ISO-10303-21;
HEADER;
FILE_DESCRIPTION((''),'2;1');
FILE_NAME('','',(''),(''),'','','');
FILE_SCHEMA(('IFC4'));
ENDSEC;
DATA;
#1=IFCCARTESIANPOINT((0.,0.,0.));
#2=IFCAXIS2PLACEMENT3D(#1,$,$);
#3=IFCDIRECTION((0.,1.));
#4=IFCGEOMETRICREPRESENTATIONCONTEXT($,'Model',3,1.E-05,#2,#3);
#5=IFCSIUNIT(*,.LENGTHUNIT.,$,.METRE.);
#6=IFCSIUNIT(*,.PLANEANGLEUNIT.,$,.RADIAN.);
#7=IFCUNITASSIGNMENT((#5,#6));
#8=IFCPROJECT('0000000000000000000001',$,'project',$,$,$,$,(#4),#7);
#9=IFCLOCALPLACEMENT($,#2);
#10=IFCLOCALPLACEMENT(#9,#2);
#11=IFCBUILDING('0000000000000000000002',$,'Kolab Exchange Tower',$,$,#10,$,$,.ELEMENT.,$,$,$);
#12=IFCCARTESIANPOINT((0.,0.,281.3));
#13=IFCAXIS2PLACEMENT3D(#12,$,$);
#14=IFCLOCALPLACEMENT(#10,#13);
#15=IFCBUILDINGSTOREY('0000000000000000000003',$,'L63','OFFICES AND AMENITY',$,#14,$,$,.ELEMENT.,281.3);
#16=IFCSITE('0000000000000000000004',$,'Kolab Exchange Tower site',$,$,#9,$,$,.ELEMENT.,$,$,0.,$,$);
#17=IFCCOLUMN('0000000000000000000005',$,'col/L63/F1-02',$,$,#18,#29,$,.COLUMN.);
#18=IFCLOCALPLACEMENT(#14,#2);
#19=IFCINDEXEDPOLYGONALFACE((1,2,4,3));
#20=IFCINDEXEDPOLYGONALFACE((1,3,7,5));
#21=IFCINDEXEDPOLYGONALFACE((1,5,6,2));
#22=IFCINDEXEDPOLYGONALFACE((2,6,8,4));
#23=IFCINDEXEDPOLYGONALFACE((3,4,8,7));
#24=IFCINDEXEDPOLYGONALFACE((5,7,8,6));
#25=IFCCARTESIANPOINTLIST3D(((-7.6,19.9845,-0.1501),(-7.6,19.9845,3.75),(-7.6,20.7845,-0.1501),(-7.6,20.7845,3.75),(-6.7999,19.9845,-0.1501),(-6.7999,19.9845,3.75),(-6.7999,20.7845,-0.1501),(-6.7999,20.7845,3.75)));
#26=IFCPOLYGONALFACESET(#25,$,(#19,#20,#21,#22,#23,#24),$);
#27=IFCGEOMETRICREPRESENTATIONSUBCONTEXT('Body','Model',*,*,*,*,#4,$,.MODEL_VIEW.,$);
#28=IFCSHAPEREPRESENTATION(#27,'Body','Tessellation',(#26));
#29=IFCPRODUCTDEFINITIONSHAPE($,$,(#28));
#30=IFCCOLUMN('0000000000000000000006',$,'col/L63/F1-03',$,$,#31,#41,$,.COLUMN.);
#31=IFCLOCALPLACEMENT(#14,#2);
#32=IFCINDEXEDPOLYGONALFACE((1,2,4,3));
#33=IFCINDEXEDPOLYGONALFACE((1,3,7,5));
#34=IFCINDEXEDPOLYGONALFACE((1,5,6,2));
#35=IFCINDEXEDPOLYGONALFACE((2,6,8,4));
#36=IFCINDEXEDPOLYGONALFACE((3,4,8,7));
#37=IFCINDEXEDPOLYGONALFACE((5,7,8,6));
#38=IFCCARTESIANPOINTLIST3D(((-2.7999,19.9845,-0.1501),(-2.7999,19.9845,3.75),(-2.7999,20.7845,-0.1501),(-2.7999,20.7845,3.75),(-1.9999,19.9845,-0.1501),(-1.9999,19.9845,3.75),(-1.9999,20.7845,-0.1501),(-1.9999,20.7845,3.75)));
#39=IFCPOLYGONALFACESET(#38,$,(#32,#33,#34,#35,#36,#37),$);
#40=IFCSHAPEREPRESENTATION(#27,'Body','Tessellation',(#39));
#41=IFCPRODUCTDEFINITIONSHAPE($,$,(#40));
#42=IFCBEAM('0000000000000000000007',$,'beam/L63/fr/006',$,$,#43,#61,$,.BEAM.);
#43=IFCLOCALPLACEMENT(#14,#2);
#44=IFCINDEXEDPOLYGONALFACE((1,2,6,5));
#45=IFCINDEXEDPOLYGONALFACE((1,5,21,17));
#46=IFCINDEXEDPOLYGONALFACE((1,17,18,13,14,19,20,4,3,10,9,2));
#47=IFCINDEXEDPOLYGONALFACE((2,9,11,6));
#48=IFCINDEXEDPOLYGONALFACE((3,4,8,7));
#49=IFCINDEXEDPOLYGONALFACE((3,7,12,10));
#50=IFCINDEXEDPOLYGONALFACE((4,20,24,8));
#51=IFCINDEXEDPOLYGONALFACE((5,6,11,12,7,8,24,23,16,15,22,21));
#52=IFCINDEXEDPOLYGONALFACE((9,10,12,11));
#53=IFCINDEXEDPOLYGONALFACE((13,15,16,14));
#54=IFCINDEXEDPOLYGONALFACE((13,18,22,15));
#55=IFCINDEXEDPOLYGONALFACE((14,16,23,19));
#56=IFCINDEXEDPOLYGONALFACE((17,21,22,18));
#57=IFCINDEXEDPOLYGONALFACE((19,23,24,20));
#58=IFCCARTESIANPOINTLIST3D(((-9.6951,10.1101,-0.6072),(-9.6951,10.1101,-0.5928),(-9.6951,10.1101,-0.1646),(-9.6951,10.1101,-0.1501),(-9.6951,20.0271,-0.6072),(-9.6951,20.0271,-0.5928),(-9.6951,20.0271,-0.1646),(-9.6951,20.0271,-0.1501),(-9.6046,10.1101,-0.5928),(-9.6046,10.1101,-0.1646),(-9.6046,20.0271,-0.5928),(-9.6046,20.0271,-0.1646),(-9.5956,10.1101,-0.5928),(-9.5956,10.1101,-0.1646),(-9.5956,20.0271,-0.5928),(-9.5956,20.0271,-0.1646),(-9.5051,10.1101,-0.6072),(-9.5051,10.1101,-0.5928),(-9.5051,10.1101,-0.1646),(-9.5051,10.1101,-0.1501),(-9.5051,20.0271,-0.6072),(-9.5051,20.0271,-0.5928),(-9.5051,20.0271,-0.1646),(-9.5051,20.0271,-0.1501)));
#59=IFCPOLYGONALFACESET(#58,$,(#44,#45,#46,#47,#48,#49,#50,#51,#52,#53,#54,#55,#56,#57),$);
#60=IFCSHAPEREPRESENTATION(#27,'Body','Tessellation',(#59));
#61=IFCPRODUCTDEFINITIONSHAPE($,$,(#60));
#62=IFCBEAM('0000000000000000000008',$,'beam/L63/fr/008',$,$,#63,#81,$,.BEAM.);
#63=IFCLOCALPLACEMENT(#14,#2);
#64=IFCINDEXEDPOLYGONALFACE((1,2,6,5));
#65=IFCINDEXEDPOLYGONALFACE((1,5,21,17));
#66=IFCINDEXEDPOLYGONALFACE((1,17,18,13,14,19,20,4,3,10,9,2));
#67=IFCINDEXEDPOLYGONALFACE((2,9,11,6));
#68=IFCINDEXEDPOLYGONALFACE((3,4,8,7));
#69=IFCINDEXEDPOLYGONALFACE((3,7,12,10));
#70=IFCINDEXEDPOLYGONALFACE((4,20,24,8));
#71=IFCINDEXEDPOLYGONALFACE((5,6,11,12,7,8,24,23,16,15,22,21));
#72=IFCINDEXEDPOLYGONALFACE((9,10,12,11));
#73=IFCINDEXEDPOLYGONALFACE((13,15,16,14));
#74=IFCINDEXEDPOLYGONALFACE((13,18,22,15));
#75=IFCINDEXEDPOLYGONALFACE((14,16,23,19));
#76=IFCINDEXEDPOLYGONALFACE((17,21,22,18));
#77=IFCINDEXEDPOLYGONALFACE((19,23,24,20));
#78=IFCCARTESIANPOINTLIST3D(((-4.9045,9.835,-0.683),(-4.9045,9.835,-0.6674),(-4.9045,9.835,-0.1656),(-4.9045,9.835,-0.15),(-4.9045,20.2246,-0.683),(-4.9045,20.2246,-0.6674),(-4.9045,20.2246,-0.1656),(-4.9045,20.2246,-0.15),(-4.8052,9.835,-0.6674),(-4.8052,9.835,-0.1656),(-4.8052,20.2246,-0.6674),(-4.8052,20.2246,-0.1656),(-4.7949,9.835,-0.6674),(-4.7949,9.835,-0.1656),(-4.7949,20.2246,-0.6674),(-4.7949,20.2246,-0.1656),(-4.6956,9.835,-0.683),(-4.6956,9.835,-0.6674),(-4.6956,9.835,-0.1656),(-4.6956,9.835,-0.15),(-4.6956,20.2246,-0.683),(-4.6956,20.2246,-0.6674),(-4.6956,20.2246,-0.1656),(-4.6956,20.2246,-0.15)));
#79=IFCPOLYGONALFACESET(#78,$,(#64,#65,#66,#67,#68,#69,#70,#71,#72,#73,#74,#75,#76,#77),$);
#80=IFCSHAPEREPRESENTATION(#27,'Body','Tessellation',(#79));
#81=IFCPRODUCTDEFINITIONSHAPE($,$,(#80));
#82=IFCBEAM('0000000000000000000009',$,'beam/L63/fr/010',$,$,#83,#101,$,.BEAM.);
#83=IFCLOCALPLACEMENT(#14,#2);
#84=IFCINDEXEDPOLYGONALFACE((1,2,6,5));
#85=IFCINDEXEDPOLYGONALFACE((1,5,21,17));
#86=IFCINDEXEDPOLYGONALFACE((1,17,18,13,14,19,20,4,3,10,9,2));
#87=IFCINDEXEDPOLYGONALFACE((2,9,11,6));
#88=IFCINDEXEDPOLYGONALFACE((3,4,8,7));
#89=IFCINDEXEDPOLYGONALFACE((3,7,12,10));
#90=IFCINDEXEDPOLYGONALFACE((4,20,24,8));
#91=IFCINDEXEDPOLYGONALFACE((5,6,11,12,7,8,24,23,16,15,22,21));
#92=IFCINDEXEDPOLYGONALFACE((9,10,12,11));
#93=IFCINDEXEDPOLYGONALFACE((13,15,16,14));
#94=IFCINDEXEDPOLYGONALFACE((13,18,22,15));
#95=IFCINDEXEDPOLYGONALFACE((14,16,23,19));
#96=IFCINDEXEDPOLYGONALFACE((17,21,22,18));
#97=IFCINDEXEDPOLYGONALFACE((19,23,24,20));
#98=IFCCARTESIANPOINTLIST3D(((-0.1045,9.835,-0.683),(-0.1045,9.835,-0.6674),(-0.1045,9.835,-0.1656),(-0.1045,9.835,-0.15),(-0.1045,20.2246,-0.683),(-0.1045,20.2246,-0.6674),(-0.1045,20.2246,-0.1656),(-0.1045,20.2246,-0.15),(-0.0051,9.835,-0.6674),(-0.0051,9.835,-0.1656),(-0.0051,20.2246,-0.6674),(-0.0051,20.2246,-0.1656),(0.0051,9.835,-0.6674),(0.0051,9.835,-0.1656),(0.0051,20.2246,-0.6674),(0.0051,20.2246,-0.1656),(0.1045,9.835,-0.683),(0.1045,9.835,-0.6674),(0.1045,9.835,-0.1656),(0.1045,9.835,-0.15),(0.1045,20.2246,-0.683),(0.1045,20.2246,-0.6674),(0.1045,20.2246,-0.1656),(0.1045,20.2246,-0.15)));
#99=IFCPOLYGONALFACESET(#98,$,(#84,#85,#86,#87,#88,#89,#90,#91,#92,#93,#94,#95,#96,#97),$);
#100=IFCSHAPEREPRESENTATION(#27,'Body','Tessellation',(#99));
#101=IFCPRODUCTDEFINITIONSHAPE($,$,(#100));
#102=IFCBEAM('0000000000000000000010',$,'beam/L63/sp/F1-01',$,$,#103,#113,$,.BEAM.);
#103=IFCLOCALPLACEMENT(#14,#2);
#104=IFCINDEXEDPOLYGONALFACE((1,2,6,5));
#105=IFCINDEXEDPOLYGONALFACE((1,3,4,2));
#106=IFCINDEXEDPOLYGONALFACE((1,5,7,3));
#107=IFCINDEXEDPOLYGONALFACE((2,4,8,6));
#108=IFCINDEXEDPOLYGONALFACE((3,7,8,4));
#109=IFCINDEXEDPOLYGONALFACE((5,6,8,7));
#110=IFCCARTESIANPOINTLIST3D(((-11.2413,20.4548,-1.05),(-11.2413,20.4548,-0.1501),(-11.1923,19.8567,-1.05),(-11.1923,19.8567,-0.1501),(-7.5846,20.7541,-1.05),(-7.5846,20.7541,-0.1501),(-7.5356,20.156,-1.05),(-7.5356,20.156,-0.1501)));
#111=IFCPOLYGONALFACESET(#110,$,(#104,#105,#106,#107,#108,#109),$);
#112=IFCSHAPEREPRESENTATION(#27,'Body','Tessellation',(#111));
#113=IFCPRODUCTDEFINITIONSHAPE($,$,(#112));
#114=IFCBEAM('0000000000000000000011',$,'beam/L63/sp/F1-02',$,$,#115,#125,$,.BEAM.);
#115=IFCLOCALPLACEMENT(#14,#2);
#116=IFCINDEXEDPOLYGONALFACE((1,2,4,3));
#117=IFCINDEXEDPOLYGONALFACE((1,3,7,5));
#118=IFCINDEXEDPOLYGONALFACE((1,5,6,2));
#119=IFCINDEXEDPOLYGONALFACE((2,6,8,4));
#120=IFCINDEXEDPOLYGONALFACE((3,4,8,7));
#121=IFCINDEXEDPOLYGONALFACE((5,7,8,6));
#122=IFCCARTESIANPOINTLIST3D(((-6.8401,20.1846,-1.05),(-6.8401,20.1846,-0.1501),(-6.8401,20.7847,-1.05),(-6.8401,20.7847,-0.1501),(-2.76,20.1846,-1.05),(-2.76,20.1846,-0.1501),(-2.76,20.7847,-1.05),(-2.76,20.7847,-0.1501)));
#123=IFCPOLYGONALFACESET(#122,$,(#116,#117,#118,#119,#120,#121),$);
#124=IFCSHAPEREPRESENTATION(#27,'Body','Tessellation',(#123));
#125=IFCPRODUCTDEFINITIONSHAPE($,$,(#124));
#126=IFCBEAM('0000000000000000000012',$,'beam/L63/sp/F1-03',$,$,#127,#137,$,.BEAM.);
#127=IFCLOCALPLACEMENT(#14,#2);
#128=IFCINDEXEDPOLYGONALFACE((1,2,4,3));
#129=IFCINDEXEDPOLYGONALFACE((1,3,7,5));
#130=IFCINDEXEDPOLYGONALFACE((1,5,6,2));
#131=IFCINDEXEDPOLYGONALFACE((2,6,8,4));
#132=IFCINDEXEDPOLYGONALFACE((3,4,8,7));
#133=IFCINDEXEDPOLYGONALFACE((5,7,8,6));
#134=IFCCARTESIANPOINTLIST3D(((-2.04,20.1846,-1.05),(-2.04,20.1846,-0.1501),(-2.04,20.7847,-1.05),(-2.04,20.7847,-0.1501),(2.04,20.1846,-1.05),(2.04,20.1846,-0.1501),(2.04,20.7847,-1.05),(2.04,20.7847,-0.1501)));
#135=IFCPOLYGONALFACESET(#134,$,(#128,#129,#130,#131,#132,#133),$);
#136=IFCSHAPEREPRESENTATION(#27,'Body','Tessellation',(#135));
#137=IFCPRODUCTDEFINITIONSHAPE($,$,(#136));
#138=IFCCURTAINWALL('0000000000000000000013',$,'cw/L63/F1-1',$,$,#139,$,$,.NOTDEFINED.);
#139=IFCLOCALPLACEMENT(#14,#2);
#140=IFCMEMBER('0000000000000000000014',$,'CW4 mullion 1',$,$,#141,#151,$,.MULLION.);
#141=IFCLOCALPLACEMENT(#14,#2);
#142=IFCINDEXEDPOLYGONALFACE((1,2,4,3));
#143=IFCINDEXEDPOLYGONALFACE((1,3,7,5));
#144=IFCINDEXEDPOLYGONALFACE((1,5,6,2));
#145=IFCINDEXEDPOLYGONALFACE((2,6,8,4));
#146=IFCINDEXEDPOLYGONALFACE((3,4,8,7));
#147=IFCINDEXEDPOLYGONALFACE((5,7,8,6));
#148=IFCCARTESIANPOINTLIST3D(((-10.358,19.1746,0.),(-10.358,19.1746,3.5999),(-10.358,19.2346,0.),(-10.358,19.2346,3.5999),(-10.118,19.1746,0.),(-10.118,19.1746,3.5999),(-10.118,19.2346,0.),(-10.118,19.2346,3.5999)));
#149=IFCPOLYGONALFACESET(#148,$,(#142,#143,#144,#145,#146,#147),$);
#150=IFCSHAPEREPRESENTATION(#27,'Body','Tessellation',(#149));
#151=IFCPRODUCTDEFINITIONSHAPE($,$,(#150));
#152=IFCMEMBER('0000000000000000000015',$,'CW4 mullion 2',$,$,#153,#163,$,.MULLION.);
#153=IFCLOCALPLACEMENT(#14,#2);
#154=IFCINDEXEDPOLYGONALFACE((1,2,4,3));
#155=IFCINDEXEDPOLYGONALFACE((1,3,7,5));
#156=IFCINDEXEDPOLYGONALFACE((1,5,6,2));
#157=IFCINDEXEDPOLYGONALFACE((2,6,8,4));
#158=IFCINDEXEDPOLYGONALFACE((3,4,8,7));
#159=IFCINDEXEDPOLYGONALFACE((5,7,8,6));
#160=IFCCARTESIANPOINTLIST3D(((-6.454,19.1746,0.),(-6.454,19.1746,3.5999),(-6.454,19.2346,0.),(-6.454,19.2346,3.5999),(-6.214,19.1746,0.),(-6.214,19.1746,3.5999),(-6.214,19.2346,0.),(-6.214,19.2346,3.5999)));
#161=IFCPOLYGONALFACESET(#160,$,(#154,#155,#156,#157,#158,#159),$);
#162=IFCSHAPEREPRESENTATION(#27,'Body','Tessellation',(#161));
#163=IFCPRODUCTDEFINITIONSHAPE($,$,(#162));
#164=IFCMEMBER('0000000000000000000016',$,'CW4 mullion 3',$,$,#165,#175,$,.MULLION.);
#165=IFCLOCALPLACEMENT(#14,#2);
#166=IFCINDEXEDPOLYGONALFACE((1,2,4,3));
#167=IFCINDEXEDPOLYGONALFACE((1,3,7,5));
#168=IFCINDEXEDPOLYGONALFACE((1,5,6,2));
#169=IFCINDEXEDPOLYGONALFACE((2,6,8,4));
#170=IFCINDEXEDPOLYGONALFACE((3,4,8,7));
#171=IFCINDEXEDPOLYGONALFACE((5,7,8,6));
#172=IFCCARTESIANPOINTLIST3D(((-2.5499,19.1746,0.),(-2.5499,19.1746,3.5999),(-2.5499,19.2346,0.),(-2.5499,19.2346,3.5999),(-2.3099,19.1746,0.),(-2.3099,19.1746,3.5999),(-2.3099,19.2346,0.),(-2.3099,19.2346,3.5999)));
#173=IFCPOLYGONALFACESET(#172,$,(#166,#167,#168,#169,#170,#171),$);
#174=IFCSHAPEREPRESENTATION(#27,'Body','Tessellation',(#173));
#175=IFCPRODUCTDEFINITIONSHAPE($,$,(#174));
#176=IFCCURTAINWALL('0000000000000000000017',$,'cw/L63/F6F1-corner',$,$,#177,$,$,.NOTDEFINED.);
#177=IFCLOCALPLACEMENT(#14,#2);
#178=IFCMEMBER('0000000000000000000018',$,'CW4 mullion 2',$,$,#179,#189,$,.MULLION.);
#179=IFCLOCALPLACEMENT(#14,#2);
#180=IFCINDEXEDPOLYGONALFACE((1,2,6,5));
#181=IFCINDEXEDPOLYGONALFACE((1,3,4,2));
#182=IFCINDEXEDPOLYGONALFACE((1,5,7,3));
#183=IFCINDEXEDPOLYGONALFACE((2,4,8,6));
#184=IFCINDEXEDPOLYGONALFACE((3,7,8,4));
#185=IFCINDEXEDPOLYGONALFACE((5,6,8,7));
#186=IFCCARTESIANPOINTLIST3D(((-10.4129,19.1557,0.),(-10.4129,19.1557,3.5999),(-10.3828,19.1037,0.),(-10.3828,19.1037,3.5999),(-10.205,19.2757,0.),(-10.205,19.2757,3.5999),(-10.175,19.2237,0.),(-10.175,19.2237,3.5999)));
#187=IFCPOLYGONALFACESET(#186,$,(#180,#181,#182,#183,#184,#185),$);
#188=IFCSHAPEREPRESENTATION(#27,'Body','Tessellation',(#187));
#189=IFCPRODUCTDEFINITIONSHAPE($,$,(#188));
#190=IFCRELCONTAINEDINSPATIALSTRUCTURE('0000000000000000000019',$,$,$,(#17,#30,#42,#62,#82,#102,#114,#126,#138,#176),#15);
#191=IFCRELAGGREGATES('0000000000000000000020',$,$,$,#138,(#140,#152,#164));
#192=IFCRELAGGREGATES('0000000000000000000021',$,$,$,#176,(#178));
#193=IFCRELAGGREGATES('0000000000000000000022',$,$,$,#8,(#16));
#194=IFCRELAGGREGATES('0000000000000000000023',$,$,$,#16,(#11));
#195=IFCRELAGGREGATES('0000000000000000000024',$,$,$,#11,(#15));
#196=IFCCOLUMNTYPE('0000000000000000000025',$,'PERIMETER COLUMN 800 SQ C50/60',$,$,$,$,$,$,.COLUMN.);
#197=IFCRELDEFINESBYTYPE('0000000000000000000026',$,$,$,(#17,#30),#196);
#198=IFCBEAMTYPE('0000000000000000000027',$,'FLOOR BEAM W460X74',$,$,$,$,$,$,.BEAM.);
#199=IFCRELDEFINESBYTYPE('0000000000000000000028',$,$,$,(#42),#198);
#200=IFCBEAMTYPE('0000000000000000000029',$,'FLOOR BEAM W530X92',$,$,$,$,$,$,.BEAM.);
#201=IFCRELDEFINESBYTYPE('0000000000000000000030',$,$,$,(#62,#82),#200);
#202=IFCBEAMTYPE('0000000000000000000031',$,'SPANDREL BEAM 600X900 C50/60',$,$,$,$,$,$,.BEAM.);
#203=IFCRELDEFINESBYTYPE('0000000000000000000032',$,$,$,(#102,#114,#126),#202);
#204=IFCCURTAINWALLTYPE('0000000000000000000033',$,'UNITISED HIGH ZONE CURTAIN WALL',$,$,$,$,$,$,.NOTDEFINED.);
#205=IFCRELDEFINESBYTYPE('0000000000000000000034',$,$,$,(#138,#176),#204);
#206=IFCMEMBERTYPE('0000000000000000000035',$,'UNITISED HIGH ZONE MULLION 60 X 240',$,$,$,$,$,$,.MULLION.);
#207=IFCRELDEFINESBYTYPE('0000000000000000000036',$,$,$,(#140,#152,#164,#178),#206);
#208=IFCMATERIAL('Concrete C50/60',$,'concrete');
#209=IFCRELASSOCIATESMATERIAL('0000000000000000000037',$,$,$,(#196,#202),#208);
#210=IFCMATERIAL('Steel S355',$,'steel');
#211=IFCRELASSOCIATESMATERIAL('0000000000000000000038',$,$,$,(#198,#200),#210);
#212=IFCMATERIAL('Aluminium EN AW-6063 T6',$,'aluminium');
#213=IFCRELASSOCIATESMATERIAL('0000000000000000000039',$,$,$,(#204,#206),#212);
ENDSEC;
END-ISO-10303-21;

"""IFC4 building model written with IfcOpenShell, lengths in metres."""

from ifc_helpers import new_model, si_unit, direction, frame, origin, origin_2d, place, context, subcontext, project, spatial, rectangle, i_section, extrude, material, material_profile, profile_set, type_object, element, aggregate, save


model = new_model("IFC4")

# Units and contexts
model_context = context("Model", 3, precision=1e-05, world=origin(), true_north=direction((0.0, 1.0)))
body_context = subcontext(model_context, "Body", "Model", "MODEL_VIEW")
ifc_project = project(units=[si_unit("LENGTHUNIT", "METRE"), si_unit("PLANEANGLEUNIT", "RADIAN")], contexts=[model_context])

# Site, building, storey
site_placement = place(None, origin())
site = spatial("IfcSite", under=ifc_project, at=site_placement, Name="Kolab Exchange Tower site", CompositionType="ELEMENT", RefElevation=0.0)
building_placement = place(site_placement, origin())
building = spatial("IfcBuilding", under=site, at=building_placement, Name="Kolab Exchange Tower", CompositionType="ELEMENT")
storey_placement = place(building_placement, frame((0.0, 0.0, 281.3)))
storey = spatial("IfcBuildingStorey", under=building, at=storey_placement, Name="L63", Description="OFFICES AND AMENITY", CompositionType="ELEMENT", Elevation=281.3)

# Columns
ifc_material_1 = material(Name="Concrete C50/60", Category="concrete")
ifc_material_profile_1 = material_profile(ifc_material_1, rectangle(XDim=0.8, YDim=0.8, at=origin_2d()), Name="RC800")
ifc_profile_set_1 = profile_set([ifc_material_profile_1], Name="Concrete C50/60")
column_type = type_object("IfcColumnType", Name="PERIMETER COLUMN 800 SQ C50/60", PredefinedType="COLUMN", material=ifc_profile_set_1)
for number, where, z_axis, x_axis, name in (
    (1, (-7.2, 20.3845, -0.1501), (0.0, 0.0, 1.0), (1.0, 0.0, 0.0), "col/L63/F1-02"),
    (2, (-2.3999, 20.3845, -0.1501), (0.0, 0.0, 1.0), (1.0, 0.0, 0.0), "col/L63/F1-03"),
):
    element("IfcColumn", number, at=place(storey_placement, frame(where, z_axis=z_axis, x_axis=x_axis)), inside=storey, type_object=column_type, Name=name, PredefinedType="COLUMN", context=body_context, shape_type="SweptSolid", body=[
        extrude(rectangle(XDim=0.8, YDim=0.8, at=origin_2d()), origin(), (0.0, 0.0, 1.0), 3.9001),
    ])

# Beams
ifc_material_2 = material(Name="Steel S355", Category="steel")
ifc_material_profile_2 = material_profile(ifc_material_2, i_section(OverallWidth=0.1899, OverallDepth=0.457, WebThickness=0.009, FlangeThickness=0.0144, at=origin_2d()), Name="W460X74")
ifc_profile_set_2 = profile_set([ifc_material_profile_2], Name="Steel S355")
beam_type_1 = type_object("IfcBeamType", Name="FLOOR BEAM W460X74", PredefinedType="BEAM", material=ifc_profile_set_2)
beam_1_placement = place(storey_placement, frame((-9.6001, 10.1101, -0.3787), z_axis=(0.0, 1.0, 0.0), x_axis=(-1.0, 0.0, 0.0)))
element("IfcBeam", 3, at=beam_1_placement, inside=storey, type_object=beam_type_1, Name="beam/L63/fr/006", PredefinedType="BEAM", context=body_context, shape_type="SweptSolid", body=[
    extrude(i_section(OverallWidth=0.1899, OverallDepth=0.457, WebThickness=0.009, FlangeThickness=0.0144, at=origin_2d()), origin(), (0.0, 0.0, 1.0), 9.917),
])
ifc_material_profile_3 = material_profile(ifc_material_2, i_section(OverallWidth=0.209, OverallDepth=0.533, WebThickness=0.0103, FlangeThickness=0.0156, at=origin_2d()), Name="W530X92")
ifc_profile_set_3 = profile_set([ifc_material_profile_3], Name="Steel S355")
beam_type_2 = type_object("IfcBeamType", Name="FLOOR BEAM W530X92", PredefinedType="BEAM", material=ifc_profile_set_3)
for number, where, z_axis, x_axis, name in (
    (4, (-4.8, 9.835, -0.4165), (0.0, 1.0, 0.0), (-1.0, 0.0, 0.0), "beam/L63/fr/008"),
    (5, (0.0, 9.835, -0.4165), (0.0, 1.0, 0.0), (-1.0, 0.0, 0.0), "beam/L63/fr/010"),
):
    element("IfcBeam", number, at=place(storey_placement, frame(where, z_axis=z_axis, x_axis=x_axis)), inside=storey, type_object=beam_type_2, Name=name, PredefinedType="BEAM", context=body_context, shape_type="SweptSolid", body=[
        extrude(i_section(OverallWidth=0.209, OverallDepth=0.533, WebThickness=0.0103, FlangeThickness=0.0156, at=origin_2d()), origin(), (0.0, 0.0, 1.0), 10.3896),
    ])
ifc_material_profile_4 = material_profile(ifc_material_1, rectangle(XDim=0.6001, YDim=0.8999, at=origin_2d()), Name="RC600X900")
ifc_profile_set_4 = profile_set([ifc_material_profile_4], Name="Concrete C50/60")
beam_type_3 = type_object("IfcBeamType", Name="SPANDREL BEAM 600X900 C50/60", PredefinedType="BEAM", material=ifc_profile_set_4)
beam_2_placement = place(storey_placement, frame((-11.2168, 20.1558, -0.6001), z_axis=(0.996667, 0.081581, 0.0), x_axis=(-0.081581, 0.996667, 0.0)))
element("IfcBeam", 6, at=beam_2_placement, inside=storey, type_object=beam_type_3, Name="beam/L63/sp/F1-01", PredefinedType="BEAM", context=body_context, shape_type="SweptSolid", body=[
    extrude(rectangle(XDim=0.6001, YDim=0.8999, at=origin_2d()), origin(), (0.0, 0.0, 1.0), 3.6689),
])
for number, where, z_axis, x_axis, name in (
    (7, (-6.8401, 20.4846, -0.6001), (1.0, 0.0, 0.0), (0.0, 1.0, 0.0), "beam/L63/sp/F1-02"),
    (8, (-2.04, 20.4846, -0.6001), (1.0, 0.0, 0.0), (0.0, 1.0, 0.0), "beam/L63/sp/F1-03"),
):
    element("IfcBeam", number, at=place(storey_placement, frame(where, z_axis=z_axis, x_axis=x_axis)), inside=storey, type_object=beam_type_3, Name=name, PredefinedType="BEAM", context=body_context, shape_type="SweptSolid", body=[
        extrude(rectangle(XDim=0.6001, YDim=0.8999, at=origin_2d()), origin(), (0.0, 0.0, 1.0), 4.0801),
    ])

# Curtain wall, members
ifc_material_3 = material(Name="Aluminium EN AW-6063 T6", Category="aluminium")
curtain_wall_type = type_object("IfcCurtainWallType", Name="UNITISED HIGH ZONE CURTAIN WALL", PredefinedType="NOTDEFINED", material=ifc_material_3)
curtain_wall_1_placement = place(storey_placement, origin())
curtain_wall_1 = element("IfcCurtainWall", 9, at=curtain_wall_1_placement, inside=storey, type_object=curtain_wall_type, Name="cw/L63/F1-1", PredefinedType="NOTDEFINED")
ifc_material_profile_5 = material_profile(ifc_material_3, rectangle(XDim=0.0601, YDim=0.24, at=origin_2d()), Name="RECT 60X240")
ifc_profile_set_5 = profile_set([ifc_material_profile_5], Name="Aluminium EN AW-6063 T6")
member_type_1 = type_object("IfcMemberType", Name="UNITISED HIGH ZONE MULLION 60 X 240", PredefinedType="MULLION", material=ifc_profile_set_5)
member_1_placement = place(storey_placement, frame((-10.238, 19.2046, 0.0), z_axis=(0.0, 0.0, 1.0), x_axis=(0.0, 1.0, 0.0)))
member_1 = element("IfcMember", 10, at=member_1_placement, type_object=member_type_1, Name="CW4 mullion 1", PredefinedType="MULLION", context=body_context, shape_type="SweptSolid", body=[
    extrude(rectangle(XDim=0.0601, YDim=0.24, at=origin_2d()), origin(), (0.0, 0.0, 1.0), 3.5999),
])
member_2_placement = place(storey_placement, frame((-6.334, 19.2046, 0.0), z_axis=(0.0, 0.0, 1.0), x_axis=(0.0, 1.0, 0.0)))
member_2 = element("IfcMember", 11, at=member_2_placement, type_object=member_type_1, Name="CW4 mullion 2", PredefinedType="MULLION", context=body_context, shape_type="SweptSolid", body=[
    extrude(rectangle(XDim=0.0601, YDim=0.24, at=origin_2d()), origin(), (0.0, 0.0, 1.0), 3.5999),
])
member_3_placement = place(storey_placement, frame((-2.4299, 19.2046, 0.0), z_axis=(0.0, 0.0, 1.0), x_axis=(0.0, 1.0, 0.0)))
member_3 = element("IfcMember", 12, at=member_3_placement, type_object=member_type_1, Name="CW4 mullion 3", PredefinedType="MULLION", context=body_context, shape_type="SweptSolid", body=[
    extrude(rectangle(XDim=0.0601, YDim=0.24, at=origin_2d()), origin(), (0.0, 0.0, 1.0), 3.5999),
])

# Curtain wall, member
curtain_wall_2_placement = place(storey_placement, origin())
curtain_wall_2 = element("IfcCurtainWall", 13, at=curtain_wall_2_placement, inside=storey, type_object=curtain_wall_type, Name="cw/L63/F6F1-corner", PredefinedType="NOTDEFINED")
member_4_placement = place(storey_placement, frame((-10.2939, 19.1897, 0.0), z_axis=(0.0, 0.0, 1.0), x_axis=(-0.5, 0.866025, 0.0)))
member_4 = element("IfcMember", 14, at=member_4_placement, type_object=member_type_1, Name="CW4 mullion 2", PredefinedType="MULLION", context=body_context, shape_type="SweptSolid", body=[
    extrude(rectangle(XDim=0.0601, YDim=0.24, at=origin_2d()), origin(), (0.0, 0.0, 1.0), 3.5999),
])

aggregate(curtain_wall_1, [member_1, member_2, member_3])
aggregate(curtain_wall_2, [member_4])

save(model, "model.ifc")
